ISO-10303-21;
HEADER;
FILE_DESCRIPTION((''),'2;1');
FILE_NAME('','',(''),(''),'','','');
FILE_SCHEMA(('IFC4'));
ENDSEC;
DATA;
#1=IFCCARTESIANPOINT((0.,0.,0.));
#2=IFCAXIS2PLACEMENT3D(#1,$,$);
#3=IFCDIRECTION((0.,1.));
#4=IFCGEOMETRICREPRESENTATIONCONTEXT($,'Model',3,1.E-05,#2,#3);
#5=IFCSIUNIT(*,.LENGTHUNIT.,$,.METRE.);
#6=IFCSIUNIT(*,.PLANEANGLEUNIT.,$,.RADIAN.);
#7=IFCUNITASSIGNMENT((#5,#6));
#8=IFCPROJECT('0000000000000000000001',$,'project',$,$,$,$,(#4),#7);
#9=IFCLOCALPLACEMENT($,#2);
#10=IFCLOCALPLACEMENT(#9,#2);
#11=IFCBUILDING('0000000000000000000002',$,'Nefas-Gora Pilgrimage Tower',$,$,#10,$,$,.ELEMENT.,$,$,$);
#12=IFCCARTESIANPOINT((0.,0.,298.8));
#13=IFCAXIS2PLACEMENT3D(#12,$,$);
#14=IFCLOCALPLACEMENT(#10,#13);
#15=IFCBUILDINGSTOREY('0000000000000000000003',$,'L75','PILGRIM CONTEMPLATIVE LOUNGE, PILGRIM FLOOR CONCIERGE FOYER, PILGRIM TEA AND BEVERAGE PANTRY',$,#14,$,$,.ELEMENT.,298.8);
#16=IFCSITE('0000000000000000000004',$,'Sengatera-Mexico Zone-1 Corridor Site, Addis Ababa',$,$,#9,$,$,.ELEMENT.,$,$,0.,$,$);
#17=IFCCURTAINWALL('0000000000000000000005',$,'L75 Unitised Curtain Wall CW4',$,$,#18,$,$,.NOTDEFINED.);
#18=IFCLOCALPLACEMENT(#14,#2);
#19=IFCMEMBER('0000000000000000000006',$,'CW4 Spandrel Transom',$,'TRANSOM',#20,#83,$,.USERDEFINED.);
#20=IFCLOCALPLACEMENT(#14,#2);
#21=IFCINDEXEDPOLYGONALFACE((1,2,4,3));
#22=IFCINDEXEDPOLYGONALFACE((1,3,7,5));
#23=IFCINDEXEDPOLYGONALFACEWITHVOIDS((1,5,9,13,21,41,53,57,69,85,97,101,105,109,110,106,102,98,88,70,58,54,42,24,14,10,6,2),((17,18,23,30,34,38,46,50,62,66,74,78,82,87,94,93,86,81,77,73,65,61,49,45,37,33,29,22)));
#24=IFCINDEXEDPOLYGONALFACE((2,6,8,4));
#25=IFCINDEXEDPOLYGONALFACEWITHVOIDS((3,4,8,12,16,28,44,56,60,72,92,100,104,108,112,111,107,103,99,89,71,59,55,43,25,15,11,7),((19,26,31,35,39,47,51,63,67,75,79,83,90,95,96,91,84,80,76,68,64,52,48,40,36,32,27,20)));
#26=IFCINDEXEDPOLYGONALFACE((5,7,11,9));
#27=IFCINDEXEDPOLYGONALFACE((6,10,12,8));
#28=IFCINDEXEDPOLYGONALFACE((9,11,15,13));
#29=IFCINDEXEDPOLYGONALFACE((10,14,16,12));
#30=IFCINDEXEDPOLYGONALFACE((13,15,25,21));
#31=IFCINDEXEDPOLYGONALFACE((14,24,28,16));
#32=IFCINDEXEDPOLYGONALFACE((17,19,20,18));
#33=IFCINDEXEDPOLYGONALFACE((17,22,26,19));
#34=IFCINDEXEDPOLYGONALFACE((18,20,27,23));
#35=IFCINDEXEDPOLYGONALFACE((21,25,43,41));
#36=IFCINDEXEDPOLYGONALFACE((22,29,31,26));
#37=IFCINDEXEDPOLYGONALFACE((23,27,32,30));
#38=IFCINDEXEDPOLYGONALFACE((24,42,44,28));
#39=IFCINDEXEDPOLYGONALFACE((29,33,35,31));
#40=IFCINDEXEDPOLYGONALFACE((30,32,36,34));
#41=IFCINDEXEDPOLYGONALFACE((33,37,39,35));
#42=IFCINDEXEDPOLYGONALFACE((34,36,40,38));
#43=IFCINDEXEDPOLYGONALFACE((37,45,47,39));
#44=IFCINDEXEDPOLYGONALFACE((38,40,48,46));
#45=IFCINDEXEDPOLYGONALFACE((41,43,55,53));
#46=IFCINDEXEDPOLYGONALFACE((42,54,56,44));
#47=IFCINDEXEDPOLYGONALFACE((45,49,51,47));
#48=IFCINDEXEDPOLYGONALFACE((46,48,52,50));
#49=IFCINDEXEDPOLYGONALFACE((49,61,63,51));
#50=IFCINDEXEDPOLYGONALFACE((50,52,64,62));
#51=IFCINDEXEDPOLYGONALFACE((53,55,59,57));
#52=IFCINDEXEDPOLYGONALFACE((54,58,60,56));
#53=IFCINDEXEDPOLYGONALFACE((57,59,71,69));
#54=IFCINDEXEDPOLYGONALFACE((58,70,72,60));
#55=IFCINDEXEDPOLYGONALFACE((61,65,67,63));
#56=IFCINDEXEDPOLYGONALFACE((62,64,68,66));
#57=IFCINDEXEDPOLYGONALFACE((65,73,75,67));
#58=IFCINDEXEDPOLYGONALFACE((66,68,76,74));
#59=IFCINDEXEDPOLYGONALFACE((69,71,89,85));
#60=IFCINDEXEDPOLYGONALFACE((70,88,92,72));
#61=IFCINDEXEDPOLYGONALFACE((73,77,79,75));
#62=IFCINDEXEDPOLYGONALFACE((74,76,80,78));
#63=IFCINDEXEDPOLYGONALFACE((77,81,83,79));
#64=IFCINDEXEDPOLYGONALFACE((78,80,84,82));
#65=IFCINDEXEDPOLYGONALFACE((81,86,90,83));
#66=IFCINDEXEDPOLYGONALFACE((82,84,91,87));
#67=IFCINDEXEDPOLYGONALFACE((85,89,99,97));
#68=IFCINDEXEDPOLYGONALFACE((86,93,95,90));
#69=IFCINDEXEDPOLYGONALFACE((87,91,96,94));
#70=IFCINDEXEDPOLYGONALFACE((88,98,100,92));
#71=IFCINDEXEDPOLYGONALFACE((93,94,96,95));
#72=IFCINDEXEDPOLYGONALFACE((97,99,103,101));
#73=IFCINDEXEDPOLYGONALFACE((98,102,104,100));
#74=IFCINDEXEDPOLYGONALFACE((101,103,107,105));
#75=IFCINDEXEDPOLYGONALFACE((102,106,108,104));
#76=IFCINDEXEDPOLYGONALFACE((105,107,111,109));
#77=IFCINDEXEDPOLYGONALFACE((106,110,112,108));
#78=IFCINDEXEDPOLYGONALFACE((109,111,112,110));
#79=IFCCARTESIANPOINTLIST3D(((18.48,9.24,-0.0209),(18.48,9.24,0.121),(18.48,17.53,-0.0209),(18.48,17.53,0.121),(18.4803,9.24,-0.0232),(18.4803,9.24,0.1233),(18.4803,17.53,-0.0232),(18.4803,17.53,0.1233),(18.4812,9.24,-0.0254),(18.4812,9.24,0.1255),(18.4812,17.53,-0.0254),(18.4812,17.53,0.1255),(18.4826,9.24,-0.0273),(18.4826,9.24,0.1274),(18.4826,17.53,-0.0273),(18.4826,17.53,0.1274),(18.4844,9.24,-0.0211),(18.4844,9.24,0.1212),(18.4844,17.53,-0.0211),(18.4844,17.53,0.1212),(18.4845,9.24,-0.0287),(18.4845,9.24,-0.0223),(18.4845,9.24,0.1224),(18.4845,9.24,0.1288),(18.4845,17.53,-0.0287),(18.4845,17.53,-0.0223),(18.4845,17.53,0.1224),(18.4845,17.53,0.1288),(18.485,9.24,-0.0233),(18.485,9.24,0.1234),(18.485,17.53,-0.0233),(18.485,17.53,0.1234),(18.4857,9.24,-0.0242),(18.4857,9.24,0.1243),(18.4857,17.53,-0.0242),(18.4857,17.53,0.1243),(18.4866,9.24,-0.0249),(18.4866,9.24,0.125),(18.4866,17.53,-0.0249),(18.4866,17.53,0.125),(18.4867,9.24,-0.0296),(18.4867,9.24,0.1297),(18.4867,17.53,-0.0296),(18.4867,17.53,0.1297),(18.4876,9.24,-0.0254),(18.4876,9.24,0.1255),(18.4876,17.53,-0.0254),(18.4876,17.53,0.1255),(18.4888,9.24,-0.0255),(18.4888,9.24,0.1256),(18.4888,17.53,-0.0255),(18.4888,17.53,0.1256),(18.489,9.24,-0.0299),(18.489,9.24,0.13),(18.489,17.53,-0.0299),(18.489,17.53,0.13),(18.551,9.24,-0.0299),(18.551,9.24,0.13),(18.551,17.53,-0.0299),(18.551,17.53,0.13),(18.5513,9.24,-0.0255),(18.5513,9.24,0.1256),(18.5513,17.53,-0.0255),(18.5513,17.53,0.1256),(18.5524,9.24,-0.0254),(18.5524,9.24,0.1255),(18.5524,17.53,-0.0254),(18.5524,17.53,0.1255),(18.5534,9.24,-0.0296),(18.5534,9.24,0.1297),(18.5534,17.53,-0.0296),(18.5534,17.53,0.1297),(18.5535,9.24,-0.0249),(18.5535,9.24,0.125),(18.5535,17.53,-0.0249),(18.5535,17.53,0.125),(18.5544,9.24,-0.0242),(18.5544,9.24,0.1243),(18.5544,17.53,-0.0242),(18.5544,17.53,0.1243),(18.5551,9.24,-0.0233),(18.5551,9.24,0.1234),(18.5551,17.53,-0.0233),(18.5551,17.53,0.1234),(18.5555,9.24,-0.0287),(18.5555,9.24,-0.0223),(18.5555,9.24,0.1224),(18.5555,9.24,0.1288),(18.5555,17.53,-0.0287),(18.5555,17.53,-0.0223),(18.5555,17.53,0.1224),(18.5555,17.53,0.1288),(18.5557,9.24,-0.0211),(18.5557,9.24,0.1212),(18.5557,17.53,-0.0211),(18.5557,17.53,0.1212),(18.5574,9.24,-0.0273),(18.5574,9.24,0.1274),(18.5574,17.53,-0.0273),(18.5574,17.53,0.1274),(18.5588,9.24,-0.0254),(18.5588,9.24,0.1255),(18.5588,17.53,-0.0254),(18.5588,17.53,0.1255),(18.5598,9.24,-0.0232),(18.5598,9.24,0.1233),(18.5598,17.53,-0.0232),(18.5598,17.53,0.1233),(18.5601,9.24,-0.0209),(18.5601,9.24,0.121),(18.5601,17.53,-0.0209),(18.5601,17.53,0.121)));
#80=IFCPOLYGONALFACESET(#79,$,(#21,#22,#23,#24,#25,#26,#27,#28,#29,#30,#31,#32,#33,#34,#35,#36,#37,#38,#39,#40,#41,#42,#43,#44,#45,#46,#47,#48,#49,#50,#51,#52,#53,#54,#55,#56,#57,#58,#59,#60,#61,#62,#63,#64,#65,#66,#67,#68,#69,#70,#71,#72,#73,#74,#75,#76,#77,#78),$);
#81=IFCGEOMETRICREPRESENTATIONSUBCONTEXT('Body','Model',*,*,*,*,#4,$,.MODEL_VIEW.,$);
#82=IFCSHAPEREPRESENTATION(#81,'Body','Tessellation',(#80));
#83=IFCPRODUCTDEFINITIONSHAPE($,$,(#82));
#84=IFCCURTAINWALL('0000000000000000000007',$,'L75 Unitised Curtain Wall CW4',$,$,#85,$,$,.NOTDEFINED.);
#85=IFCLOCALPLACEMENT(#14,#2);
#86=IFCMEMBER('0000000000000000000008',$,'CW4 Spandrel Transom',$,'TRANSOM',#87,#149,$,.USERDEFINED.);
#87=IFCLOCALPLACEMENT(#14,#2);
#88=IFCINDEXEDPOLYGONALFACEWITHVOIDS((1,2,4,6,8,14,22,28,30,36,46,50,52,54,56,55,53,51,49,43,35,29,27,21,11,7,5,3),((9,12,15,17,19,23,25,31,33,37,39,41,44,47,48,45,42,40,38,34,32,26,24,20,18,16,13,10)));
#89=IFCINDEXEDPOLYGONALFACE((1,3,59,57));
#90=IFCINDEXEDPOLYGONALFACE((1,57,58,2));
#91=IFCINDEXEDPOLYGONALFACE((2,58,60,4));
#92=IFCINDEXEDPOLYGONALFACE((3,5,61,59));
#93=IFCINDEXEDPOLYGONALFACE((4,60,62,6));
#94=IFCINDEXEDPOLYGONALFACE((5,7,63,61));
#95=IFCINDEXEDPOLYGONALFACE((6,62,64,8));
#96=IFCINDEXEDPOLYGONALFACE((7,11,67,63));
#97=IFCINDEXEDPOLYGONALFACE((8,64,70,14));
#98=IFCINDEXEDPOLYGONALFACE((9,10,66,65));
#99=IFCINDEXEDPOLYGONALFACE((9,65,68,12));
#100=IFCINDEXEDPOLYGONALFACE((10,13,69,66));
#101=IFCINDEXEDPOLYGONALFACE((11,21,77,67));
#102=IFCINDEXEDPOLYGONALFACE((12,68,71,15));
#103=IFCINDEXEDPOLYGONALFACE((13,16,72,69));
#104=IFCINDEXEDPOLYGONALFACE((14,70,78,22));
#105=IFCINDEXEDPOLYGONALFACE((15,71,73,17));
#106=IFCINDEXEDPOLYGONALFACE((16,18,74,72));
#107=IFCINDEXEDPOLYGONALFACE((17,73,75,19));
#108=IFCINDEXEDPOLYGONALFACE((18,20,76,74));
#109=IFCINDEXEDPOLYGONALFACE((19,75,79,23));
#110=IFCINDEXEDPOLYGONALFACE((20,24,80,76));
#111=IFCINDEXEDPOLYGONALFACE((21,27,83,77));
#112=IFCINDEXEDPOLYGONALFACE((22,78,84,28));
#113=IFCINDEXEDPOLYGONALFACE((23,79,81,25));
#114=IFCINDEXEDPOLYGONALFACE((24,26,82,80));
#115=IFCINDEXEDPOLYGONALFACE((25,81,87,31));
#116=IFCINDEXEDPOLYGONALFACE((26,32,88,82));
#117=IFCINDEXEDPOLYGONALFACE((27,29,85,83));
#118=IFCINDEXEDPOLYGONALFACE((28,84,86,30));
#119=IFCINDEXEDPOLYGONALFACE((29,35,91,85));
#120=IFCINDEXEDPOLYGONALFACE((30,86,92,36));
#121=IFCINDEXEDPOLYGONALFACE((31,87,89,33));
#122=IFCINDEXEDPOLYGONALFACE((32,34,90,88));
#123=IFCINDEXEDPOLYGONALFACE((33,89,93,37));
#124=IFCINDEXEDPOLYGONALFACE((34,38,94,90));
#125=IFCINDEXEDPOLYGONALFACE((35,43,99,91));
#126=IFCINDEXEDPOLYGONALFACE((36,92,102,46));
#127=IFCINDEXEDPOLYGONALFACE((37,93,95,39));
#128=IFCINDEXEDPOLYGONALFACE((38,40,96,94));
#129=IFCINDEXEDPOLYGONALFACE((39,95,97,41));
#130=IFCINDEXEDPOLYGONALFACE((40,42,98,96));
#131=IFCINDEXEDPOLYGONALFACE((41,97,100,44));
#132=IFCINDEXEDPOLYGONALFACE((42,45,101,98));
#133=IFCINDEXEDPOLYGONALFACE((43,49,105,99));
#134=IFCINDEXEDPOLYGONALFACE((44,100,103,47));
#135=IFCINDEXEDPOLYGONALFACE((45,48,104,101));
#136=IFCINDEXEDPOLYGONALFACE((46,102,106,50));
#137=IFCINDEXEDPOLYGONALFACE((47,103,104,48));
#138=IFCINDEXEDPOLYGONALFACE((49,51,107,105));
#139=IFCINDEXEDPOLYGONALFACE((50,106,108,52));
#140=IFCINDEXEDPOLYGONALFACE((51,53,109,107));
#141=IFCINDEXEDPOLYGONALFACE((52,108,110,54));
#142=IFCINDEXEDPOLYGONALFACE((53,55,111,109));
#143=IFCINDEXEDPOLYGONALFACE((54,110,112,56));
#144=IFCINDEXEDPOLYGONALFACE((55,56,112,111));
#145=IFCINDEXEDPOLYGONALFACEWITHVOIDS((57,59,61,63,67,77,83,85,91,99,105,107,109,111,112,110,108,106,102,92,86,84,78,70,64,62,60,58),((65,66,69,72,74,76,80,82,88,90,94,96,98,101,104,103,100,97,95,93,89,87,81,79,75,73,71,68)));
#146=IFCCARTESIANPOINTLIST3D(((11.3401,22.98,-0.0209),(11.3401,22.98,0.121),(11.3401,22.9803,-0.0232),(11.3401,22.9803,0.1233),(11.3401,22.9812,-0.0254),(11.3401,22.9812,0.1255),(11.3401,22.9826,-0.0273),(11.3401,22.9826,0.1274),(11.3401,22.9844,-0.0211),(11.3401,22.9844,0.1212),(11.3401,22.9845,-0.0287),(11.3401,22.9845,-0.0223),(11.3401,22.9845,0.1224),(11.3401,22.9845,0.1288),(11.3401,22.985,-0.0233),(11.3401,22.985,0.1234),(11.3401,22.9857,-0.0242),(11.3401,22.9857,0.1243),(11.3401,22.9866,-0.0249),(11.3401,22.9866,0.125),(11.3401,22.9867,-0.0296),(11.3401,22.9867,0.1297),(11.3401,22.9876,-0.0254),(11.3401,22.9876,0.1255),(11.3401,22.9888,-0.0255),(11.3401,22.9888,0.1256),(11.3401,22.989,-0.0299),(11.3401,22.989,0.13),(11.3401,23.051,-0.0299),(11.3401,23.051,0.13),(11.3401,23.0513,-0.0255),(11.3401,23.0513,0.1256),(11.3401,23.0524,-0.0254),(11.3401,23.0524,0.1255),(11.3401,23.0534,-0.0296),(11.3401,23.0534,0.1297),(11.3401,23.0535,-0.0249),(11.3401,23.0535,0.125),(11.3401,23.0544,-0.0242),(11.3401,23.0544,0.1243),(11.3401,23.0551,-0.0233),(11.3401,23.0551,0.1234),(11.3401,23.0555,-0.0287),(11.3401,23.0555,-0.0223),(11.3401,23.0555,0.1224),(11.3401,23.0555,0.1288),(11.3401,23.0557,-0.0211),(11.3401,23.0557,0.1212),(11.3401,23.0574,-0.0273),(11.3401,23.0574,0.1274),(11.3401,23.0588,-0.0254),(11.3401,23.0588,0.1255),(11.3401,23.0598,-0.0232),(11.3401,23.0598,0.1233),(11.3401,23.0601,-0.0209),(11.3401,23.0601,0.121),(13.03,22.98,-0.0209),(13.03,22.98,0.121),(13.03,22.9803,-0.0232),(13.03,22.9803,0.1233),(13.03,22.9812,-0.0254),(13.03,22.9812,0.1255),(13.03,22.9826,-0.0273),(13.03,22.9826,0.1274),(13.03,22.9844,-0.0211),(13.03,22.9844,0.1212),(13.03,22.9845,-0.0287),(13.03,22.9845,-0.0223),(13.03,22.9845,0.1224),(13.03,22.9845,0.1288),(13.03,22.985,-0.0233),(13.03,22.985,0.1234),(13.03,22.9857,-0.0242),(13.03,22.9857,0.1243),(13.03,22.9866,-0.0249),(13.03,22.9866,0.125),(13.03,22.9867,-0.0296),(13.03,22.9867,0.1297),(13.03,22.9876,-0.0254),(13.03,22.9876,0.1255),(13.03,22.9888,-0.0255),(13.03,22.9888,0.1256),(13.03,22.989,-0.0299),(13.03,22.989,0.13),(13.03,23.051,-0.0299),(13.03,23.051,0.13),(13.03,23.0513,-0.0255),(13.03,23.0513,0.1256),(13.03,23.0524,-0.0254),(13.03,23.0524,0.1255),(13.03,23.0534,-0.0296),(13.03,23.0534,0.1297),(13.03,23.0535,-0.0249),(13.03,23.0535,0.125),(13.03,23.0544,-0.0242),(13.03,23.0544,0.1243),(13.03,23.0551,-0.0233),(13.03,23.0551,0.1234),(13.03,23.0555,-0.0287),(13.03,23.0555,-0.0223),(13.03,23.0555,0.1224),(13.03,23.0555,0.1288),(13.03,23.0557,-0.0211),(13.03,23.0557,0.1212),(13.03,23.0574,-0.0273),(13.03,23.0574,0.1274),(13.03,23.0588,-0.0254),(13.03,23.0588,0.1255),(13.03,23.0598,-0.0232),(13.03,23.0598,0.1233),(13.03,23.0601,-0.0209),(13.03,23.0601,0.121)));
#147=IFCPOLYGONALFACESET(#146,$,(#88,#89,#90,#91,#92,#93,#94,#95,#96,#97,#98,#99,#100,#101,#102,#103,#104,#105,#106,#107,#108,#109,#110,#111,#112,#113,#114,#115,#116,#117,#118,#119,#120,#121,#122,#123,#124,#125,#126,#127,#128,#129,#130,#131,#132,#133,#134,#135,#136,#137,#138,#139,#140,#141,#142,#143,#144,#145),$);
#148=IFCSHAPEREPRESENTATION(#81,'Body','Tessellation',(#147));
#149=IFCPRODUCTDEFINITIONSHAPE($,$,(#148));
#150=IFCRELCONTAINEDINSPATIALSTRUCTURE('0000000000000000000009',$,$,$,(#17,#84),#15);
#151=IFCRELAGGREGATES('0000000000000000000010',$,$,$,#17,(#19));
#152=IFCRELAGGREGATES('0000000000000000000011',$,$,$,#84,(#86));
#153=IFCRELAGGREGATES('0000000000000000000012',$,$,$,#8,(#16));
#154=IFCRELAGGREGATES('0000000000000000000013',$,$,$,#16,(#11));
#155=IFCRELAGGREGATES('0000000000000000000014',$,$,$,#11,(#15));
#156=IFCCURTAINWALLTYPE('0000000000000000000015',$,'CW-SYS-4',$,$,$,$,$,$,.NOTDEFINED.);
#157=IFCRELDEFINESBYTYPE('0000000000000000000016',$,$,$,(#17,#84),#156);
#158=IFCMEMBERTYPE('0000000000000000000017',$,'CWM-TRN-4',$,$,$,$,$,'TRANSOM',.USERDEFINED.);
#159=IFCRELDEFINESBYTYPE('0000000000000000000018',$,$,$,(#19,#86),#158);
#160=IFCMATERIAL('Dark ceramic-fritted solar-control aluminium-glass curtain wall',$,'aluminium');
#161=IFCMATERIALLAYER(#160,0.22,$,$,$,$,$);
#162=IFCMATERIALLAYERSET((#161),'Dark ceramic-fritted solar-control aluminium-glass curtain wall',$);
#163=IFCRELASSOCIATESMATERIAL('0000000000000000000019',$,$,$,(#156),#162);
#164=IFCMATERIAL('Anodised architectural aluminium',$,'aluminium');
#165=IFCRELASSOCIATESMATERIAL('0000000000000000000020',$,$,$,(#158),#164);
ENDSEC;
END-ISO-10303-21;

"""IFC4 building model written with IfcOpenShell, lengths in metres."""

from ifc_helpers import new_model, si_unit, direction, frame, origin, origin_2d, place, context, subcontext, project, spatial, hollow_rectangle, extrude, source, transform, mapped, material, layer, layer_set, material_profile, profile_set, type_object, element, aggregate, save


model = new_model("IFC4")

# Units and contexts
model_context = context("Model", 3, precision=1e-05, world=origin(), true_north=direction((0.0, 1.0)))
body_context = subcontext(model_context, "Body", "Model", "MODEL_VIEW")
ifc_project = project(units=[si_unit("LENGTHUNIT", "METRE"), si_unit("PLANEANGLEUNIT", "RADIAN")], contexts=[model_context])

# Site, building, storey
site_placement = place(None, origin())
site = spatial("IfcSite", under=ifc_project, at=site_placement, Name="Sengatera-Mexico Zone-1 Corridor Site, Addis Ababa", CompositionType="ELEMENT", RefElevation=0.0)
building_placement = place(site_placement, origin())
building = spatial("IfcBuilding", under=site, at=building_placement, Name="Nefas-Gora Pilgrimage Tower", CompositionType="ELEMENT")
storey_placement = place(building_placement, frame((0.0, 0.0, 298.8)))
storey = spatial("IfcBuildingStorey", under=building, at=storey_placement, Name="L75", Description="PILGRIM CONTEMPLATIVE LOUNGE, PILGRIM FLOOR CONCIERGE FOYER, PILGRIM TEA AND BEVERAGE PANTRY", CompositionType="ELEMENT", Elevation=298.8)

# Shared definitions
ifc_material_1 = material(Name="Dark ceramic-fritted solar-control aluminium-glass curtain wall", Category="aluminium")
ifc_material_2 = material(Name="Anodised architectural aluminium", Category="aluminium")

# Curtain walls, members
ifc_layer_1 = layer(ifc_material_1, 0.22)
ifc_layer_set_1 = layer_set([ifc_layer_1], Name="Dark ceramic-fritted solar-control aluminium-glass curtain wall")
curtain_wall_type_1 = type_object("IfcCurtainWallType", Name="CW-SYS-4", PredefinedType="NOTDEFINED", material=ifc_layer_set_1)
curtain_wall_1_placement = place(storey_placement, origin())
curtain_wall_1 = element("IfcCurtainWall", 1, at=curtain_wall_1_placement, inside=storey, type_object=curtain_wall_type_1, Name="L75 Unitised Curtain Wall CW4", PredefinedType="NOTDEFINED")
ifc_material_profile_1 = material_profile(ifc_material_2, hollow_rectangle(XDim=0.0801, YDim=0.1599, WallThickness=0.0044, InnerFilletRadius=0.0044, OuterFilletRadius=0.009, at=origin_2d()), Name="ALU TRANSOM 80x160")
ifc_profile_set_1 = profile_set([ifc_material_profile_1], Name="Anodised architectural aluminium")
member_type_1 = type_object("IfcMemberType", Name="CWM-TRN-4", ElementType="TRANSOM", PredefinedType="USERDEFINED", material=ifc_profile_set_1)
shared_shape_1 = source(origin(), body_context, "Body", "SweptSolid", [
    extrude(hollow_rectangle(XDim=0.0801, YDim=0.1599, WallThickness=0.0044, InnerFilletRadius=0.0044, OuterFilletRadius=0.009, at=origin_2d()), origin(), (0.0, 0.0, 1.0), 8.29),
])
member_1_placement = place(storey_placement, frame((18.52, 9.24, 0.05), z_axis=(0.0, 1.0, 0.0), x_axis=(-1.0, 0.0, 0.0)))
member_1 = element("IfcMember", 2, at=member_1_placement, type_object=member_type_1, Name="CW4 Spandrel Transom", ObjectType="TRANSOM", PredefinedType="USERDEFINED", context=body_context, shape_type="MappedRepresentation", body=[
    mapped(shared_shape_1, transform((0.0, 0.0, 0.0), x_axis=(1.0, 0.0, 0.0), y_axis=(0.0, 1.0, 0.0), z_axis=(0.0, 0.0, 1.0), scale=1.0)),
])
curtain_wall_2_placement = place(storey_placement, origin())
curtain_wall_2 = element("IfcCurtainWall", 3, at=curtain_wall_2_placement, inside=storey, type_object=curtain_wall_type_1, Name="L75 Unitised Curtain Wall CW4", PredefinedType="NOTDEFINED")
shared_shape_2 = source(origin(), body_context, "Body", "SweptSolid", [
    extrude(hollow_rectangle(XDim=0.0801, YDim=0.1599, WallThickness=0.0044, InnerFilletRadius=0.0044, OuterFilletRadius=0.009, at=origin_2d()), origin(), (0.0, 0.0, 1.0), 1.6899),
])
member_2_placement = place(storey_placement, frame((13.03, 23.02, 0.05), z_axis=(-1.0, 0.0, 0.0), x_axis=(0.0, -1.0, 0.0)))
member_2 = element("IfcMember", 4, at=member_2_placement, type_object=member_type_1, Name="CW4 Spandrel Transom", ObjectType="TRANSOM", PredefinedType="USERDEFINED", context=body_context, shape_type="MappedRepresentation", body=[
    mapped(shared_shape_2, transform((0.0, 0.0, 0.0), x_axis=(1.0, 0.0, 0.0), y_axis=(0.0, 1.0, 0.0), z_axis=(0.0, 0.0, 1.0), scale=1.0)),
])

aggregate(curtain_wall_1, [member_1])
aggregate(curtain_wall_2, [member_2])

save(model, "model.ifc")
